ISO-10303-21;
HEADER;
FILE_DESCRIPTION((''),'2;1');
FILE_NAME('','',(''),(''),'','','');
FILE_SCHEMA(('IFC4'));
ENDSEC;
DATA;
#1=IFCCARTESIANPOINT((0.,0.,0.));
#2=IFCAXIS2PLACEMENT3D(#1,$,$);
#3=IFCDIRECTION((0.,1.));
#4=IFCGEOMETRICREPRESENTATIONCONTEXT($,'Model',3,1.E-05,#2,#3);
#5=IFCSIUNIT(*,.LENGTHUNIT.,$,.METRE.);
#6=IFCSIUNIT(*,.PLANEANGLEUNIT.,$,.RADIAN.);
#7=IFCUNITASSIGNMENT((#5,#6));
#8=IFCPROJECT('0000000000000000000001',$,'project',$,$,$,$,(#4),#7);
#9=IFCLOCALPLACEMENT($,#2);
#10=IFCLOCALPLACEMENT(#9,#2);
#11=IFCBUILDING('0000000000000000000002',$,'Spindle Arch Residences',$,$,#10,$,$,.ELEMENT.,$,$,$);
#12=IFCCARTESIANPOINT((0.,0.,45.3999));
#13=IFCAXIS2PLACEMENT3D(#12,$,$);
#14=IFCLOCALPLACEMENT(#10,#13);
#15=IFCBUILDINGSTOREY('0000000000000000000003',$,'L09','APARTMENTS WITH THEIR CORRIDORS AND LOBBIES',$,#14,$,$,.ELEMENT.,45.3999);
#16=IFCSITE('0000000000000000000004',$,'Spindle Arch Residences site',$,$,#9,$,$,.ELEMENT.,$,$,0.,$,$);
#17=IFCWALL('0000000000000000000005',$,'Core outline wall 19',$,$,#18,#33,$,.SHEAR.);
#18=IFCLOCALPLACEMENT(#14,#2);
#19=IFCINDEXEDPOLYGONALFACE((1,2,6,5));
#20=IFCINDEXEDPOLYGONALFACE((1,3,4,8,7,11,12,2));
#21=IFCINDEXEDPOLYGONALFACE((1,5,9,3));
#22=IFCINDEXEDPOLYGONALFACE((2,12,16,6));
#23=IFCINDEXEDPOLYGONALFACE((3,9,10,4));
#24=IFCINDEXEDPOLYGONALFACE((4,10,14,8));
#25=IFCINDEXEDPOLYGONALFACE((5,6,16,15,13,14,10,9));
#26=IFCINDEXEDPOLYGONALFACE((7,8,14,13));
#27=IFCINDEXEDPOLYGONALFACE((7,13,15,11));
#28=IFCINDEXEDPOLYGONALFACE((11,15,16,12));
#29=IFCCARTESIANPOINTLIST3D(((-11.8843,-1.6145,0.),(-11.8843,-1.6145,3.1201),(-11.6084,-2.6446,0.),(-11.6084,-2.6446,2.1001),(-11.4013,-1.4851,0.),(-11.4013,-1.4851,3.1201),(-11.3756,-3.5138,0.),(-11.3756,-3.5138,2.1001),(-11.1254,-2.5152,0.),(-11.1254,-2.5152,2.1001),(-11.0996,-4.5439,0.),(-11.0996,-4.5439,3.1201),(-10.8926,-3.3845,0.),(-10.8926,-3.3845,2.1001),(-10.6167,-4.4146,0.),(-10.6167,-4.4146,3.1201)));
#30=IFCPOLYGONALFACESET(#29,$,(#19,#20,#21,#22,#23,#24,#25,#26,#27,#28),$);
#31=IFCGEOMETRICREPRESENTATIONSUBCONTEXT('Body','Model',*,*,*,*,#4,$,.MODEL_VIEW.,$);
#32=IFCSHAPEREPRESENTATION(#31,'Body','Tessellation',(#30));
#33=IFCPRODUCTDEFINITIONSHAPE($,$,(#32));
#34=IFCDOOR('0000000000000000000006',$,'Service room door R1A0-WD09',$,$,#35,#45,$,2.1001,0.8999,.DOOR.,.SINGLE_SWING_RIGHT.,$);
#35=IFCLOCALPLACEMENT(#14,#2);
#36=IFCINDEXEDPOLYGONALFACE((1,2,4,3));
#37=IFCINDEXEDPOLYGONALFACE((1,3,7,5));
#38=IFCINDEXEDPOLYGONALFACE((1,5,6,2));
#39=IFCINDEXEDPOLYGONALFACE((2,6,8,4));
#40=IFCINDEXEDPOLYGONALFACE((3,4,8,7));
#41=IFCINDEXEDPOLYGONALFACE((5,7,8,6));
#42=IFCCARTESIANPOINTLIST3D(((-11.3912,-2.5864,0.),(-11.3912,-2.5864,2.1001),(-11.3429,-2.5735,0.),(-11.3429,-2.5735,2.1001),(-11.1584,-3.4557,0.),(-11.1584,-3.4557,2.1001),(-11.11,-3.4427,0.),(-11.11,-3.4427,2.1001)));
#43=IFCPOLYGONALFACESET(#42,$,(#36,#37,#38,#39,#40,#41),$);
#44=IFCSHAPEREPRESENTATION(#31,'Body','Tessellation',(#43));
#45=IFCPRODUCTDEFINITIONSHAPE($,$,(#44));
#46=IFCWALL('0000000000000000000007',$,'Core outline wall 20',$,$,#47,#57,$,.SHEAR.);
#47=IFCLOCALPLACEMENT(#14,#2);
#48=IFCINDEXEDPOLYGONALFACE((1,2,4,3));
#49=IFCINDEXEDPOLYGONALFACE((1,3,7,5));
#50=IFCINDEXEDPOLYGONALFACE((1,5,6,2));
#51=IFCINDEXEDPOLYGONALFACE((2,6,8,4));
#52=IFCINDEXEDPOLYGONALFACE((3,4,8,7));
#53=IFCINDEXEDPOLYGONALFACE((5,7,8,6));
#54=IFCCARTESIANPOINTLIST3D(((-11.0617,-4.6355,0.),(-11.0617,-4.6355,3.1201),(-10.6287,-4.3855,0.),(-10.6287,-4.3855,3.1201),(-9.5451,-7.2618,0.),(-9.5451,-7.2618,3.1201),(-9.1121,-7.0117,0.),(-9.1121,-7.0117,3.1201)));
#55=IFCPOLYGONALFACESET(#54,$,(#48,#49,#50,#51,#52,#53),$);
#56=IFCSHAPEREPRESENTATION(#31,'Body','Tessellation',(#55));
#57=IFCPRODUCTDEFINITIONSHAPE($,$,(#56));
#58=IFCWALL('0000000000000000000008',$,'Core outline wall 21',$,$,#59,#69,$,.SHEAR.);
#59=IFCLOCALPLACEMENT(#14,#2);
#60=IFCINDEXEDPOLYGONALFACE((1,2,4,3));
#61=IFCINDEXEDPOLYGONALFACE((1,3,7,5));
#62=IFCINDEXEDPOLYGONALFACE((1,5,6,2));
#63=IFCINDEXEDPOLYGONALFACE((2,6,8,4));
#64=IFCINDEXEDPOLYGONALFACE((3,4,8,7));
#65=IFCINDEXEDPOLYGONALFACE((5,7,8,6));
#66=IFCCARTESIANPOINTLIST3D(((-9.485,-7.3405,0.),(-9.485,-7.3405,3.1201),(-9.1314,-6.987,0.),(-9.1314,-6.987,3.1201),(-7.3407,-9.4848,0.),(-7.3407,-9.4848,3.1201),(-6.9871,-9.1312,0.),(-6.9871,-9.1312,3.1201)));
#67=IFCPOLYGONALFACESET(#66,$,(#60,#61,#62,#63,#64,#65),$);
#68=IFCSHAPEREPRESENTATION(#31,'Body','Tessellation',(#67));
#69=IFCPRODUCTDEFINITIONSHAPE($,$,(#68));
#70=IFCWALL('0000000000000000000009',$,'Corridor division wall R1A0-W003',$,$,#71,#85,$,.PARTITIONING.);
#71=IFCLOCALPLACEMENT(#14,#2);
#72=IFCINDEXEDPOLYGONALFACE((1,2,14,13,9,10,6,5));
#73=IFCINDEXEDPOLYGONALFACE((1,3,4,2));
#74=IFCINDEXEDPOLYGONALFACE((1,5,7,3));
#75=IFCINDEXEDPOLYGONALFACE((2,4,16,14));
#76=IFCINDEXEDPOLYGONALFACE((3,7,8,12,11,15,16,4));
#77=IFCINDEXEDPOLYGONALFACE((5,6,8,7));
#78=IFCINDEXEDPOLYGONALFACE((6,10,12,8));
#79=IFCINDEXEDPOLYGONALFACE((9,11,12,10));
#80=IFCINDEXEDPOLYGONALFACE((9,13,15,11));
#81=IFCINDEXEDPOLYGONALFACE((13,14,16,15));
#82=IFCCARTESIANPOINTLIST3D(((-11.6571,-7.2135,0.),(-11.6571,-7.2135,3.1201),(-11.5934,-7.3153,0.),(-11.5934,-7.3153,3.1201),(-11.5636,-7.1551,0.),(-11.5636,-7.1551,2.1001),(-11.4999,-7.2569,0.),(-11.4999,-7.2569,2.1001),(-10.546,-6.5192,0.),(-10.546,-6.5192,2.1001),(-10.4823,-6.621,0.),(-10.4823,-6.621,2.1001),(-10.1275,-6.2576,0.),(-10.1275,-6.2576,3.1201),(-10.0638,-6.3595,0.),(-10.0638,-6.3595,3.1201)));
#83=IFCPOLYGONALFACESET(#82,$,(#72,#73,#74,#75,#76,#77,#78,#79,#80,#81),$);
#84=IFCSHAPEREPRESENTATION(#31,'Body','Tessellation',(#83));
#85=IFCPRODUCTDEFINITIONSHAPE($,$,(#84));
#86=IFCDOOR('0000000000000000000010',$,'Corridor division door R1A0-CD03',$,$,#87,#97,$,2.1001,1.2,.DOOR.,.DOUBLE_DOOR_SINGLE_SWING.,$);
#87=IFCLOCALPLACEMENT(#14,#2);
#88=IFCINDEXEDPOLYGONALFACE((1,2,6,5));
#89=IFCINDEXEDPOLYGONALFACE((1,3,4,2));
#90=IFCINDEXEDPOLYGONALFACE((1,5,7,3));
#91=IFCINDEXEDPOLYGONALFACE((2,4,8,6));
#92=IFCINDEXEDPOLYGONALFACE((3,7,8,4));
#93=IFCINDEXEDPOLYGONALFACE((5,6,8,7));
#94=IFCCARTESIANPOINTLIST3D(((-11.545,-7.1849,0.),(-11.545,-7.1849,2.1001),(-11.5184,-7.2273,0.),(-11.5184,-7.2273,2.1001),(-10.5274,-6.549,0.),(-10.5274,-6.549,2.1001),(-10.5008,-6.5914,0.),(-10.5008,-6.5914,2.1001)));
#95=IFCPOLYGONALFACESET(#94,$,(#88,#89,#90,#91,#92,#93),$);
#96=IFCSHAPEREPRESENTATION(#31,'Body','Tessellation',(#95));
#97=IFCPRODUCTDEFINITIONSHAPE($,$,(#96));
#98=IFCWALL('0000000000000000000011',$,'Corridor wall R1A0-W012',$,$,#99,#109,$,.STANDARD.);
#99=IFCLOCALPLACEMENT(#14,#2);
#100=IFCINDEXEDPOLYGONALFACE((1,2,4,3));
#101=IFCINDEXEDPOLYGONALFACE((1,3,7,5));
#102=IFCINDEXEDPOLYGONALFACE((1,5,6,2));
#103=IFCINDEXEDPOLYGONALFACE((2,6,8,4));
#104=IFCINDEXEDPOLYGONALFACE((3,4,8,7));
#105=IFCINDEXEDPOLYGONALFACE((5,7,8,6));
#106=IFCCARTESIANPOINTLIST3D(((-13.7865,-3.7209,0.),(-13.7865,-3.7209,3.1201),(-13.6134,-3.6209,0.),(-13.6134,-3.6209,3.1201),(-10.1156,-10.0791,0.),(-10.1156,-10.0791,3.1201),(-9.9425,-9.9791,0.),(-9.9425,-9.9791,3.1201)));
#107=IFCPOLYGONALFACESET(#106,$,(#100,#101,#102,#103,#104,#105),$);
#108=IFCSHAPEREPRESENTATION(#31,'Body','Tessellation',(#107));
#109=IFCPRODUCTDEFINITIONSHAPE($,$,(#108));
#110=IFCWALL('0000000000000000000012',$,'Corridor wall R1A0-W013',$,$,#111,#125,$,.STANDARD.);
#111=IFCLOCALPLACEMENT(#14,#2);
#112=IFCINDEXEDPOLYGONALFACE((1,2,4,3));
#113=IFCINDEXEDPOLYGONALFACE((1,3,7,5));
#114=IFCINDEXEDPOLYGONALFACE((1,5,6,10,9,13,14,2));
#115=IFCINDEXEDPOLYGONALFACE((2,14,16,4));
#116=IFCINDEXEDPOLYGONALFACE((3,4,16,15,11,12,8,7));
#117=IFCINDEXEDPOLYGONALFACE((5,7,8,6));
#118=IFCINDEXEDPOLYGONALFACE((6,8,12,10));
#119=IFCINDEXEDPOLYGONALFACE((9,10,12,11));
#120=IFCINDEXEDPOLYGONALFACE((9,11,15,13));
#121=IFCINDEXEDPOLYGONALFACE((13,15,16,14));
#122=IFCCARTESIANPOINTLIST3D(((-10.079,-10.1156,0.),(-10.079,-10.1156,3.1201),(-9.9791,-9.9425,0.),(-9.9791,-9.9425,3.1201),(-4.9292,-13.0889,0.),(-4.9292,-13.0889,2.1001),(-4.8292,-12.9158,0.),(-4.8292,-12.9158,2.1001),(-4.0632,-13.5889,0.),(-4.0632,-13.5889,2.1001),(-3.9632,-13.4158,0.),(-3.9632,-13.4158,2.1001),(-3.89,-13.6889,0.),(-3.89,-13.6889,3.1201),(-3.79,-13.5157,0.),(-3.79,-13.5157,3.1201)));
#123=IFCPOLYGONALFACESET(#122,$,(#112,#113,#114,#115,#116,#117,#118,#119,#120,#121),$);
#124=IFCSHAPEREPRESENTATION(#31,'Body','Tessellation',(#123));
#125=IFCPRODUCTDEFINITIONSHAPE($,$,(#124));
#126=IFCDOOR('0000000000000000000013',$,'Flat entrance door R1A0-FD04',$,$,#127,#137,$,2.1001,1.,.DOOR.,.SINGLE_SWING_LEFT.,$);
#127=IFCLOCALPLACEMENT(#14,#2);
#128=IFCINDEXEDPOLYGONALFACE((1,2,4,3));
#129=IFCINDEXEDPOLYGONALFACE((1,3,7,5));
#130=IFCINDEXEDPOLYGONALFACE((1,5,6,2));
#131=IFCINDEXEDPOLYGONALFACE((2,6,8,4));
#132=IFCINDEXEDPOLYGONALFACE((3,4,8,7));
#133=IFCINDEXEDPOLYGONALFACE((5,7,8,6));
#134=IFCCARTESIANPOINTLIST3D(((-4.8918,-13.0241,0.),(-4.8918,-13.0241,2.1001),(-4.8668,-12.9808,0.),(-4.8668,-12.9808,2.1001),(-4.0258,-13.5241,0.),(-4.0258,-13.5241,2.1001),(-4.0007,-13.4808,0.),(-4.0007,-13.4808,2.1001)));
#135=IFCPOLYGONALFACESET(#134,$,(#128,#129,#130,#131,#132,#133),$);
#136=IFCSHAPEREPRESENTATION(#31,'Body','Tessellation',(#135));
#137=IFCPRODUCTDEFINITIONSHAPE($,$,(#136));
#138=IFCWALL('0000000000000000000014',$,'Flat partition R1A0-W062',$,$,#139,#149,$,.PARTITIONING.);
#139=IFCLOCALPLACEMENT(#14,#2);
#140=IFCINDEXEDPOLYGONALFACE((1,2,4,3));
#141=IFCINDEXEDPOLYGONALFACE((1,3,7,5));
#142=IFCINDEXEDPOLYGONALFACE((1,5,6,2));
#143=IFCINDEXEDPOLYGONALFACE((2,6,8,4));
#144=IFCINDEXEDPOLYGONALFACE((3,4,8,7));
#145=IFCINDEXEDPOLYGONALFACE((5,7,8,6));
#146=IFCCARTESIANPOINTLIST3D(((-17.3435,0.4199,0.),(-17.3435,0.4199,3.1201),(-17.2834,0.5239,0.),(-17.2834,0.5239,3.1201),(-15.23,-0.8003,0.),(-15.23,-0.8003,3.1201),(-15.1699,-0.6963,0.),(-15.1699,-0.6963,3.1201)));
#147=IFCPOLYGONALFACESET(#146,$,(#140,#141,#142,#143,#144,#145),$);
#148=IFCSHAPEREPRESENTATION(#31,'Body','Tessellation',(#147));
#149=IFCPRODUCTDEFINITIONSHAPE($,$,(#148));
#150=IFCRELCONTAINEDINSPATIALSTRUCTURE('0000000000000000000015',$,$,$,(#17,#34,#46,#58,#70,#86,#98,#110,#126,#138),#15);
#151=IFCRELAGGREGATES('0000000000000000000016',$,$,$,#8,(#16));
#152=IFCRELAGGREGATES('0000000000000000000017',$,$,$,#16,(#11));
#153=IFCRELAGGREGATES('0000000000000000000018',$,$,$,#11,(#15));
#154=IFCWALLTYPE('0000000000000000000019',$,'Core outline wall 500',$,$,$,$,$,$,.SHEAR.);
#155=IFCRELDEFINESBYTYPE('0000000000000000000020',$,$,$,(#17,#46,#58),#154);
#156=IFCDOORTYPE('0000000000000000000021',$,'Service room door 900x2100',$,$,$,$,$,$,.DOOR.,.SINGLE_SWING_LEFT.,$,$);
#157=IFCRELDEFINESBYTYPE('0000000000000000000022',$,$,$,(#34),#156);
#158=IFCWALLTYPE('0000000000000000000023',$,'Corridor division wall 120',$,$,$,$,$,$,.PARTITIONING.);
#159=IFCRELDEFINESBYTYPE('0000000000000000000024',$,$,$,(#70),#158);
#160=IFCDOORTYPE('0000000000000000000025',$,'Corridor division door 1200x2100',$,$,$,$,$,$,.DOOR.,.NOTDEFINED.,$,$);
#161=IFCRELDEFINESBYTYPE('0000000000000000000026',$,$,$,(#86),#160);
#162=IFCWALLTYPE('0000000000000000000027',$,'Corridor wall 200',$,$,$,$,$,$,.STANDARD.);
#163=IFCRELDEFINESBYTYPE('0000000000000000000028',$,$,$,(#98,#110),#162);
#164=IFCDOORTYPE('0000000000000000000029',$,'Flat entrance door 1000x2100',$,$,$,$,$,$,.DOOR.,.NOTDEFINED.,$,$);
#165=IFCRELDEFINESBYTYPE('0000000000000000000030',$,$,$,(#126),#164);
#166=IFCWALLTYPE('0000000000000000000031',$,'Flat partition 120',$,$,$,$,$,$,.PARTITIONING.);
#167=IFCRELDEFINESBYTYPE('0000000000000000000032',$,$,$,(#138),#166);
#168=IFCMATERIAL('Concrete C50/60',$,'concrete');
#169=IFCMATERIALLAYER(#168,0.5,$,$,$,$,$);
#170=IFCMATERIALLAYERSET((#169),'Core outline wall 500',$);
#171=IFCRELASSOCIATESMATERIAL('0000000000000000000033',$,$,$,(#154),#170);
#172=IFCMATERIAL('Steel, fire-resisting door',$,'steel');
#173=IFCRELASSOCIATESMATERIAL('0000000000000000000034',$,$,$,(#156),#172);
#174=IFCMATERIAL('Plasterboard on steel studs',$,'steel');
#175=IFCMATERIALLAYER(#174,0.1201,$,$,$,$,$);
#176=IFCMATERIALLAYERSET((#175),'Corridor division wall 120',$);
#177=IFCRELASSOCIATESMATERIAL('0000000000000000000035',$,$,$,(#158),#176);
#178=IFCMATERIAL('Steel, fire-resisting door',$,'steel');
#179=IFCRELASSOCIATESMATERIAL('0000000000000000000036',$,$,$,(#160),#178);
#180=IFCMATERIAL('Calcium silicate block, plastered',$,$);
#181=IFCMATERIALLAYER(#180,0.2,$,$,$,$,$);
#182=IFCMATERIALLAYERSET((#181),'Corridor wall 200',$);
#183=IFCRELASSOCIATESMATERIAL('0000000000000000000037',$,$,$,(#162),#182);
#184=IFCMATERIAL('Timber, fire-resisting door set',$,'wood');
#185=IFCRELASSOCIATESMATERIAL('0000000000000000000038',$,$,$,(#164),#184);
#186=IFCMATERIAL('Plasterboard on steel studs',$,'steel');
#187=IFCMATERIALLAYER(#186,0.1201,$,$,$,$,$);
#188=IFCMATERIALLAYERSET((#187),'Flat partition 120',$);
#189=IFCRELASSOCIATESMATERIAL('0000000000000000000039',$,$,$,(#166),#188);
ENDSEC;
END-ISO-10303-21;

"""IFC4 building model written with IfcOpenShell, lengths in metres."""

from ifc_helpers import new_model, si_unit, direction, frame, frame_2d, origin, place, context, subcontext, project, spatial, rectangle, extrude, material, layer, layer_set, type_object, element, fill, save


model = new_model("IFC4")

# Units and contexts
model_context = context("Model", 3, precision=1e-05, world=origin(), true_north=direction((0.0, 1.0)))
body_context = subcontext(model_context, "Body", "Model", "MODEL_VIEW")
ifc_project = project(units=[si_unit("LENGTHUNIT", "METRE"), si_unit("PLANEANGLEUNIT", "RADIAN")], contexts=[model_context])

# Site, building, storey
site_placement = place(None, origin())
site = spatial("IfcSite", under=ifc_project, at=site_placement, Name="Spindle Arch Residences site", CompositionType="ELEMENT", RefElevation=0.0)
building_placement = place(site_placement, origin())
building = spatial("IfcBuilding", under=site, at=building_placement, Name="Spindle Arch Residences", CompositionType="ELEMENT")
storey_placement = place(building_placement, frame((0.0, 0.0, 45.3999)))
storey = spatial("IfcBuildingStorey", under=building, at=storey_placement, Name="L09", Description="APARTMENTS WITH THEIR CORRIDORS AND LOBBIES", CompositionType="ELEMENT", Elevation=45.3999)

# Wall, opening, door
ifc_material_1 = material(Name="Concrete C50/60", Category="concrete")
ifc_layer_1 = layer(ifc_material_1, 0.5)
ifc_layer_set_1 = layer_set([ifc_layer_1], Name="Core outline wall 500")
wall_type_1 = type_object("IfcWallType", Name="Core outline wall 500", PredefinedType="SHEAR", material=ifc_layer_set_1)
wall_1_placement = place(storey_placement, frame((-11.6428, -1.5498, 0.0), z_axis=(0.0, 0.0, 1.0), x_axis=(0.258735, -0.965948, 0.0)))
wall_1 = element("IfcWall", 1, at=wall_1_placement, inside=storey, type_object=wall_type_1, Name="Core outline wall 19", PredefinedType="SHEAR", context=body_context, shape_type="SweptSolid", body=[
    extrude(rectangle(XDim=3.0327, YDim=0.5, at=frame_2d((1.5164, 0.0))), origin(), (0.0, 0.0, 1.0), 3.1201),
])
opening_1_placement = place(wall_1_placement, frame((1.0664, 0.0, 0.0)))
opening_1 = element("IfcOpeningElement", 2, at=opening_1_placement, cuts=wall_1, PredefinedType="OPENING", context=body_context, shape_type="SweptSolid", body=[
    extrude(rectangle(XDim=0.8999, YDim=2.1001, at=frame_2d((0.45, 1.05))), frame((0.0, 0.26, 0.0), z_axis=(0.0, -1.0, 0.0), x_axis=(1.0, 0.0, 0.0)), (0.0, 0.0, 1.0), 0.52),
])
ifc_material_2 = material(Name="Steel, fire-resisting door", Category="steel")
door_type_1 = type_object("IfcDoorType", Name="Service room door 900x2100", OperationType="SINGLE_SWING_LEFT", PredefinedType="DOOR", material=ifc_material_2)
door_1_placement = place(opening_1_placement, origin())
door_1 = element("IfcDoor", 3, at=door_1_placement, inside=storey, type_object=door_type_1, Name="Service room door R1A0-WD09", OperationType="SINGLE_SWING_RIGHT", OverallHeight=2.1001, OverallWidth=0.8999, PredefinedType="DOOR", context=body_context, shape_type="SweptSolid", body=[
    extrude(rectangle(XDim=0.8999, YDim=2.1001, at=frame_2d((0.45, 1.05))), frame((0.0, 0.0249, 0.0), z_axis=(0.0, -1.0, 0.0), x_axis=(1.0, 0.0, 0.0)), (0.0, 0.0, 1.0), 0.05),
])
fill(opening_1, door_1)

# Walls
wall_2_placement = place(storey_placement, frame((-10.8452, -4.5105, 0.0), z_axis=(0.0, 0.0, 1.0), x_axis=(0.500087, -0.865975, 0.0)))
element("IfcWall", 4, at=wall_2_placement, inside=storey, type_object=wall_type_1, Name="Core outline wall 20", PredefinedType="SHEAR", context=body_context, shape_type="SweptSolid", body=[
    extrude(rectangle(XDim=3.0327, YDim=0.5, at=frame_2d((1.5164, 0.0))), origin(), (0.0, 0.0, 1.0), 3.1201),
])
wall_3_placement = place(storey_placement, frame((-9.3081, -7.1638, 0.0), z_axis=(0.0, 0.0, 1.0), x_axis=(0.707107, -0.707107, 0.0)))
element("IfcWall", 5, at=wall_3_placement, inside=storey, type_object=wall_type_1, Name="Core outline wall 21", PredefinedType="SHEAR", context=body_context, shape_type="SweptSolid", body=[
    extrude(rectangle(XDim=3.0325, YDim=0.5, at=frame_2d((1.5161, 0.0))), origin(), (0.0, 0.0, 1.0), 3.1201),
])

# Wall, opening, door
ifc_material_3 = material(Name="Plasterboard on steel studs", Category="steel")
ifc_layer_2 = layer(ifc_material_3, 0.1201)
ifc_layer_set_2 = layer_set([ifc_layer_2], Name="Corridor division wall 120")
wall_type_2 = type_object("IfcWallType", Name="Corridor division wall 120", PredefinedType="PARTITIONING", material=ifc_layer_set_2)
wall_4_placement = place(storey_placement, frame((-11.6252, -7.2644, 0.0), z_axis=(0.0, 0.0, 1.0), x_axis=(0.848036, 0.529938, 0.0)))
wall_4 = element("IfcWall", 6, at=wall_4_placement, inside=storey, type_object=wall_type_2, Name="Corridor division wall R1A0-W003", PredefinedType="PARTITIONING", context=body_context, shape_type="SweptSolid", body=[
    extrude(rectangle(XDim=1.8037, YDim=0.1201, at=frame_2d((0.9019, 0.0))), origin(), (0.0, 0.0, 1.0), 3.1201),
])
opening_2_placement = place(wall_4_placement, frame((0.1101, 0.0, 0.0)))
opening_2 = element("IfcOpeningElement", 7, at=opening_2_placement, cuts=wall_4, PredefinedType="OPENING", context=body_context, shape_type="SweptSolid", body=[
    extrude(rectangle(XDim=1.2, YDim=2.1001, at=frame_2d((0.6001, 1.05))), frame((0.0, 0.0701, 0.0), z_axis=(0.0, -1.0, 0.0), x_axis=(1.0, 0.0, 0.0)), (0.0, 0.0, 1.0), 0.1401),
])
ifc_material_4 = material(Name="Steel, fire-resisting door", Category="steel")
door_type_2 = type_object("IfcDoorType", Name="Corridor division door 1200x2100", OperationType="NOTDEFINED", PredefinedType="DOOR", material=ifc_material_4)
door_2_placement = place(opening_2_placement, origin())
door_2 = element("IfcDoor", 8, at=door_2_placement, inside=storey, type_object=door_type_2, Name="Corridor division door R1A0-CD03", OperationType="DOUBLE_DOOR_SINGLE_SWING", OverallHeight=2.1001, OverallWidth=1.2, PredefinedType="DOOR", context=body_context, shape_type="SweptSolid", body=[
    extrude(rectangle(XDim=1.2, YDim=2.1001, at=frame_2d((0.6001, 1.05))), frame((0.0, 0.0249, 0.0), z_axis=(0.0, -1.0, 0.0), x_axis=(1.0, 0.0, 0.0)), (0.0, 0.0, 1.0), 0.05),
])
fill(opening_2, door_2)

# Wall
ifc_material_5 = material(Name="Calcium silicate block, plastered")
ifc_layer_3 = layer(ifc_material_5, 0.2)
ifc_layer_set_3 = layer_set([ifc_layer_3], Name="Corridor wall 200")
wall_type_3 = type_object("IfcWallType", Name="Corridor wall 200", PredefinedType="STANDARD", material=ifc_layer_set_3)
wall_5_placement = place(storey_placement, frame((-13.7, -3.6709, 0.0), z_axis=(0.0, 0.0, 1.0), x_axis=(0.500002, -0.866024, 0.0)))
element("IfcWall", 9, at=wall_5_placement, inside=storey, type_object=wall_type_3, Name="Corridor wall R1A0-W012", PredefinedType="STANDARD", context=body_context, shape_type="SweptSolid", body=[
    extrude(rectangle(XDim=7.3418, YDim=0.2, at=frame_2d((3.6709, 0.0))), origin(), (0.0, 0.0, 1.0), 3.1201),
])

# Wall, opening, door
wall_6_placement = place(storey_placement, frame((-10.0291, -10.0291, 0.0), z_axis=(0.0, 0.0, 1.0), x_axis=(0.866023, -0.500004, 0.0)))
wall_6 = element("IfcWall", 10, at=wall_6_placement, inside=storey, type_object=wall_type_3, Name="Corridor wall R1A0-W013", PredefinedType="STANDARD", context=body_context, shape_type="SweptSolid", body=[
    extrude(rectangle(XDim=7.1465, YDim=0.2, at=frame_2d((3.5732, 0.0))), origin(), (0.0, 0.0, 1.0), 3.1201),
])
opening_3_placement = place(wall_6_placement, frame((5.9465, 0.0, 0.0)))
opening_3 = element("IfcOpeningElement", 11, at=opening_3_placement, cuts=wall_6, PredefinedType="OPENING", context=body_context, shape_type="SweptSolid", body=[
    extrude(rectangle(XDim=1.0, YDim=2.1001, at=frame_2d((0.5, 1.05))), frame((0.0, 0.1099, 0.0), z_axis=(0.0, -1.0, 0.0), x_axis=(1.0, 0.0, 0.0)), (0.0, 0.0, 1.0), 0.22),
])
ifc_material_6 = material(Name="Timber, fire-resisting door set", Category="wood")
door_type_3 = type_object("IfcDoorType", Name="Flat entrance door 1000x2100", OperationType="NOTDEFINED", PredefinedType="DOOR", material=ifc_material_6)
door_3_placement = place(opening_3_placement, origin())
door_3 = element("IfcDoor", 12, at=door_3_placement, inside=storey, type_object=door_type_3, Name="Flat entrance door R1A0-FD04", OperationType="SINGLE_SWING_LEFT", OverallHeight=2.1001, OverallWidth=1.0, PredefinedType="DOOR", context=body_context, shape_type="SweptSolid", body=[
    extrude(rectangle(XDim=1.0, YDim=2.1001, at=frame_2d((0.5, 1.05))), frame((0.0, 0.0249, 0.0), z_axis=(0.0, -1.0, 0.0), x_axis=(1.0, 0.0, 0.0)), (0.0, 0.0, 1.0), 0.05),
])
fill(opening_3, door_3)

# Wall
ifc_material_7 = material(Name="Plasterboard on steel studs", Category="steel")
ifc_layer_4 = layer(ifc_material_7, 0.1201)
ifc_layer_set_4 = layer_set([ifc_layer_4], Name="Flat partition 120")
wall_type_4 = type_object("IfcWallType", Name="Flat partition 120", PredefinedType="PARTITIONING", material=ifc_layer_set_4)
wall_7_placement = place(storey_placement, frame((-15.2, -0.7483, 0.0), z_axis=(0.0, 0.0, 1.0), x_axis=(-0.866031, 0.499991, 0.0)))
element("IfcWall", 13, at=wall_7_placement, inside=storey, type_object=wall_type_4, Name="Flat partition R1A0-W062", PredefinedType="PARTITIONING", context=body_context, shape_type="SweptSolid", body=[
    extrude(rectangle(XDim=2.4404, YDim=0.1201, at=frame_2d((1.2202, 0.0))), origin(), (0.0, 0.0, 1.0), 3.1201),
])

save(model, "model.ifc")
